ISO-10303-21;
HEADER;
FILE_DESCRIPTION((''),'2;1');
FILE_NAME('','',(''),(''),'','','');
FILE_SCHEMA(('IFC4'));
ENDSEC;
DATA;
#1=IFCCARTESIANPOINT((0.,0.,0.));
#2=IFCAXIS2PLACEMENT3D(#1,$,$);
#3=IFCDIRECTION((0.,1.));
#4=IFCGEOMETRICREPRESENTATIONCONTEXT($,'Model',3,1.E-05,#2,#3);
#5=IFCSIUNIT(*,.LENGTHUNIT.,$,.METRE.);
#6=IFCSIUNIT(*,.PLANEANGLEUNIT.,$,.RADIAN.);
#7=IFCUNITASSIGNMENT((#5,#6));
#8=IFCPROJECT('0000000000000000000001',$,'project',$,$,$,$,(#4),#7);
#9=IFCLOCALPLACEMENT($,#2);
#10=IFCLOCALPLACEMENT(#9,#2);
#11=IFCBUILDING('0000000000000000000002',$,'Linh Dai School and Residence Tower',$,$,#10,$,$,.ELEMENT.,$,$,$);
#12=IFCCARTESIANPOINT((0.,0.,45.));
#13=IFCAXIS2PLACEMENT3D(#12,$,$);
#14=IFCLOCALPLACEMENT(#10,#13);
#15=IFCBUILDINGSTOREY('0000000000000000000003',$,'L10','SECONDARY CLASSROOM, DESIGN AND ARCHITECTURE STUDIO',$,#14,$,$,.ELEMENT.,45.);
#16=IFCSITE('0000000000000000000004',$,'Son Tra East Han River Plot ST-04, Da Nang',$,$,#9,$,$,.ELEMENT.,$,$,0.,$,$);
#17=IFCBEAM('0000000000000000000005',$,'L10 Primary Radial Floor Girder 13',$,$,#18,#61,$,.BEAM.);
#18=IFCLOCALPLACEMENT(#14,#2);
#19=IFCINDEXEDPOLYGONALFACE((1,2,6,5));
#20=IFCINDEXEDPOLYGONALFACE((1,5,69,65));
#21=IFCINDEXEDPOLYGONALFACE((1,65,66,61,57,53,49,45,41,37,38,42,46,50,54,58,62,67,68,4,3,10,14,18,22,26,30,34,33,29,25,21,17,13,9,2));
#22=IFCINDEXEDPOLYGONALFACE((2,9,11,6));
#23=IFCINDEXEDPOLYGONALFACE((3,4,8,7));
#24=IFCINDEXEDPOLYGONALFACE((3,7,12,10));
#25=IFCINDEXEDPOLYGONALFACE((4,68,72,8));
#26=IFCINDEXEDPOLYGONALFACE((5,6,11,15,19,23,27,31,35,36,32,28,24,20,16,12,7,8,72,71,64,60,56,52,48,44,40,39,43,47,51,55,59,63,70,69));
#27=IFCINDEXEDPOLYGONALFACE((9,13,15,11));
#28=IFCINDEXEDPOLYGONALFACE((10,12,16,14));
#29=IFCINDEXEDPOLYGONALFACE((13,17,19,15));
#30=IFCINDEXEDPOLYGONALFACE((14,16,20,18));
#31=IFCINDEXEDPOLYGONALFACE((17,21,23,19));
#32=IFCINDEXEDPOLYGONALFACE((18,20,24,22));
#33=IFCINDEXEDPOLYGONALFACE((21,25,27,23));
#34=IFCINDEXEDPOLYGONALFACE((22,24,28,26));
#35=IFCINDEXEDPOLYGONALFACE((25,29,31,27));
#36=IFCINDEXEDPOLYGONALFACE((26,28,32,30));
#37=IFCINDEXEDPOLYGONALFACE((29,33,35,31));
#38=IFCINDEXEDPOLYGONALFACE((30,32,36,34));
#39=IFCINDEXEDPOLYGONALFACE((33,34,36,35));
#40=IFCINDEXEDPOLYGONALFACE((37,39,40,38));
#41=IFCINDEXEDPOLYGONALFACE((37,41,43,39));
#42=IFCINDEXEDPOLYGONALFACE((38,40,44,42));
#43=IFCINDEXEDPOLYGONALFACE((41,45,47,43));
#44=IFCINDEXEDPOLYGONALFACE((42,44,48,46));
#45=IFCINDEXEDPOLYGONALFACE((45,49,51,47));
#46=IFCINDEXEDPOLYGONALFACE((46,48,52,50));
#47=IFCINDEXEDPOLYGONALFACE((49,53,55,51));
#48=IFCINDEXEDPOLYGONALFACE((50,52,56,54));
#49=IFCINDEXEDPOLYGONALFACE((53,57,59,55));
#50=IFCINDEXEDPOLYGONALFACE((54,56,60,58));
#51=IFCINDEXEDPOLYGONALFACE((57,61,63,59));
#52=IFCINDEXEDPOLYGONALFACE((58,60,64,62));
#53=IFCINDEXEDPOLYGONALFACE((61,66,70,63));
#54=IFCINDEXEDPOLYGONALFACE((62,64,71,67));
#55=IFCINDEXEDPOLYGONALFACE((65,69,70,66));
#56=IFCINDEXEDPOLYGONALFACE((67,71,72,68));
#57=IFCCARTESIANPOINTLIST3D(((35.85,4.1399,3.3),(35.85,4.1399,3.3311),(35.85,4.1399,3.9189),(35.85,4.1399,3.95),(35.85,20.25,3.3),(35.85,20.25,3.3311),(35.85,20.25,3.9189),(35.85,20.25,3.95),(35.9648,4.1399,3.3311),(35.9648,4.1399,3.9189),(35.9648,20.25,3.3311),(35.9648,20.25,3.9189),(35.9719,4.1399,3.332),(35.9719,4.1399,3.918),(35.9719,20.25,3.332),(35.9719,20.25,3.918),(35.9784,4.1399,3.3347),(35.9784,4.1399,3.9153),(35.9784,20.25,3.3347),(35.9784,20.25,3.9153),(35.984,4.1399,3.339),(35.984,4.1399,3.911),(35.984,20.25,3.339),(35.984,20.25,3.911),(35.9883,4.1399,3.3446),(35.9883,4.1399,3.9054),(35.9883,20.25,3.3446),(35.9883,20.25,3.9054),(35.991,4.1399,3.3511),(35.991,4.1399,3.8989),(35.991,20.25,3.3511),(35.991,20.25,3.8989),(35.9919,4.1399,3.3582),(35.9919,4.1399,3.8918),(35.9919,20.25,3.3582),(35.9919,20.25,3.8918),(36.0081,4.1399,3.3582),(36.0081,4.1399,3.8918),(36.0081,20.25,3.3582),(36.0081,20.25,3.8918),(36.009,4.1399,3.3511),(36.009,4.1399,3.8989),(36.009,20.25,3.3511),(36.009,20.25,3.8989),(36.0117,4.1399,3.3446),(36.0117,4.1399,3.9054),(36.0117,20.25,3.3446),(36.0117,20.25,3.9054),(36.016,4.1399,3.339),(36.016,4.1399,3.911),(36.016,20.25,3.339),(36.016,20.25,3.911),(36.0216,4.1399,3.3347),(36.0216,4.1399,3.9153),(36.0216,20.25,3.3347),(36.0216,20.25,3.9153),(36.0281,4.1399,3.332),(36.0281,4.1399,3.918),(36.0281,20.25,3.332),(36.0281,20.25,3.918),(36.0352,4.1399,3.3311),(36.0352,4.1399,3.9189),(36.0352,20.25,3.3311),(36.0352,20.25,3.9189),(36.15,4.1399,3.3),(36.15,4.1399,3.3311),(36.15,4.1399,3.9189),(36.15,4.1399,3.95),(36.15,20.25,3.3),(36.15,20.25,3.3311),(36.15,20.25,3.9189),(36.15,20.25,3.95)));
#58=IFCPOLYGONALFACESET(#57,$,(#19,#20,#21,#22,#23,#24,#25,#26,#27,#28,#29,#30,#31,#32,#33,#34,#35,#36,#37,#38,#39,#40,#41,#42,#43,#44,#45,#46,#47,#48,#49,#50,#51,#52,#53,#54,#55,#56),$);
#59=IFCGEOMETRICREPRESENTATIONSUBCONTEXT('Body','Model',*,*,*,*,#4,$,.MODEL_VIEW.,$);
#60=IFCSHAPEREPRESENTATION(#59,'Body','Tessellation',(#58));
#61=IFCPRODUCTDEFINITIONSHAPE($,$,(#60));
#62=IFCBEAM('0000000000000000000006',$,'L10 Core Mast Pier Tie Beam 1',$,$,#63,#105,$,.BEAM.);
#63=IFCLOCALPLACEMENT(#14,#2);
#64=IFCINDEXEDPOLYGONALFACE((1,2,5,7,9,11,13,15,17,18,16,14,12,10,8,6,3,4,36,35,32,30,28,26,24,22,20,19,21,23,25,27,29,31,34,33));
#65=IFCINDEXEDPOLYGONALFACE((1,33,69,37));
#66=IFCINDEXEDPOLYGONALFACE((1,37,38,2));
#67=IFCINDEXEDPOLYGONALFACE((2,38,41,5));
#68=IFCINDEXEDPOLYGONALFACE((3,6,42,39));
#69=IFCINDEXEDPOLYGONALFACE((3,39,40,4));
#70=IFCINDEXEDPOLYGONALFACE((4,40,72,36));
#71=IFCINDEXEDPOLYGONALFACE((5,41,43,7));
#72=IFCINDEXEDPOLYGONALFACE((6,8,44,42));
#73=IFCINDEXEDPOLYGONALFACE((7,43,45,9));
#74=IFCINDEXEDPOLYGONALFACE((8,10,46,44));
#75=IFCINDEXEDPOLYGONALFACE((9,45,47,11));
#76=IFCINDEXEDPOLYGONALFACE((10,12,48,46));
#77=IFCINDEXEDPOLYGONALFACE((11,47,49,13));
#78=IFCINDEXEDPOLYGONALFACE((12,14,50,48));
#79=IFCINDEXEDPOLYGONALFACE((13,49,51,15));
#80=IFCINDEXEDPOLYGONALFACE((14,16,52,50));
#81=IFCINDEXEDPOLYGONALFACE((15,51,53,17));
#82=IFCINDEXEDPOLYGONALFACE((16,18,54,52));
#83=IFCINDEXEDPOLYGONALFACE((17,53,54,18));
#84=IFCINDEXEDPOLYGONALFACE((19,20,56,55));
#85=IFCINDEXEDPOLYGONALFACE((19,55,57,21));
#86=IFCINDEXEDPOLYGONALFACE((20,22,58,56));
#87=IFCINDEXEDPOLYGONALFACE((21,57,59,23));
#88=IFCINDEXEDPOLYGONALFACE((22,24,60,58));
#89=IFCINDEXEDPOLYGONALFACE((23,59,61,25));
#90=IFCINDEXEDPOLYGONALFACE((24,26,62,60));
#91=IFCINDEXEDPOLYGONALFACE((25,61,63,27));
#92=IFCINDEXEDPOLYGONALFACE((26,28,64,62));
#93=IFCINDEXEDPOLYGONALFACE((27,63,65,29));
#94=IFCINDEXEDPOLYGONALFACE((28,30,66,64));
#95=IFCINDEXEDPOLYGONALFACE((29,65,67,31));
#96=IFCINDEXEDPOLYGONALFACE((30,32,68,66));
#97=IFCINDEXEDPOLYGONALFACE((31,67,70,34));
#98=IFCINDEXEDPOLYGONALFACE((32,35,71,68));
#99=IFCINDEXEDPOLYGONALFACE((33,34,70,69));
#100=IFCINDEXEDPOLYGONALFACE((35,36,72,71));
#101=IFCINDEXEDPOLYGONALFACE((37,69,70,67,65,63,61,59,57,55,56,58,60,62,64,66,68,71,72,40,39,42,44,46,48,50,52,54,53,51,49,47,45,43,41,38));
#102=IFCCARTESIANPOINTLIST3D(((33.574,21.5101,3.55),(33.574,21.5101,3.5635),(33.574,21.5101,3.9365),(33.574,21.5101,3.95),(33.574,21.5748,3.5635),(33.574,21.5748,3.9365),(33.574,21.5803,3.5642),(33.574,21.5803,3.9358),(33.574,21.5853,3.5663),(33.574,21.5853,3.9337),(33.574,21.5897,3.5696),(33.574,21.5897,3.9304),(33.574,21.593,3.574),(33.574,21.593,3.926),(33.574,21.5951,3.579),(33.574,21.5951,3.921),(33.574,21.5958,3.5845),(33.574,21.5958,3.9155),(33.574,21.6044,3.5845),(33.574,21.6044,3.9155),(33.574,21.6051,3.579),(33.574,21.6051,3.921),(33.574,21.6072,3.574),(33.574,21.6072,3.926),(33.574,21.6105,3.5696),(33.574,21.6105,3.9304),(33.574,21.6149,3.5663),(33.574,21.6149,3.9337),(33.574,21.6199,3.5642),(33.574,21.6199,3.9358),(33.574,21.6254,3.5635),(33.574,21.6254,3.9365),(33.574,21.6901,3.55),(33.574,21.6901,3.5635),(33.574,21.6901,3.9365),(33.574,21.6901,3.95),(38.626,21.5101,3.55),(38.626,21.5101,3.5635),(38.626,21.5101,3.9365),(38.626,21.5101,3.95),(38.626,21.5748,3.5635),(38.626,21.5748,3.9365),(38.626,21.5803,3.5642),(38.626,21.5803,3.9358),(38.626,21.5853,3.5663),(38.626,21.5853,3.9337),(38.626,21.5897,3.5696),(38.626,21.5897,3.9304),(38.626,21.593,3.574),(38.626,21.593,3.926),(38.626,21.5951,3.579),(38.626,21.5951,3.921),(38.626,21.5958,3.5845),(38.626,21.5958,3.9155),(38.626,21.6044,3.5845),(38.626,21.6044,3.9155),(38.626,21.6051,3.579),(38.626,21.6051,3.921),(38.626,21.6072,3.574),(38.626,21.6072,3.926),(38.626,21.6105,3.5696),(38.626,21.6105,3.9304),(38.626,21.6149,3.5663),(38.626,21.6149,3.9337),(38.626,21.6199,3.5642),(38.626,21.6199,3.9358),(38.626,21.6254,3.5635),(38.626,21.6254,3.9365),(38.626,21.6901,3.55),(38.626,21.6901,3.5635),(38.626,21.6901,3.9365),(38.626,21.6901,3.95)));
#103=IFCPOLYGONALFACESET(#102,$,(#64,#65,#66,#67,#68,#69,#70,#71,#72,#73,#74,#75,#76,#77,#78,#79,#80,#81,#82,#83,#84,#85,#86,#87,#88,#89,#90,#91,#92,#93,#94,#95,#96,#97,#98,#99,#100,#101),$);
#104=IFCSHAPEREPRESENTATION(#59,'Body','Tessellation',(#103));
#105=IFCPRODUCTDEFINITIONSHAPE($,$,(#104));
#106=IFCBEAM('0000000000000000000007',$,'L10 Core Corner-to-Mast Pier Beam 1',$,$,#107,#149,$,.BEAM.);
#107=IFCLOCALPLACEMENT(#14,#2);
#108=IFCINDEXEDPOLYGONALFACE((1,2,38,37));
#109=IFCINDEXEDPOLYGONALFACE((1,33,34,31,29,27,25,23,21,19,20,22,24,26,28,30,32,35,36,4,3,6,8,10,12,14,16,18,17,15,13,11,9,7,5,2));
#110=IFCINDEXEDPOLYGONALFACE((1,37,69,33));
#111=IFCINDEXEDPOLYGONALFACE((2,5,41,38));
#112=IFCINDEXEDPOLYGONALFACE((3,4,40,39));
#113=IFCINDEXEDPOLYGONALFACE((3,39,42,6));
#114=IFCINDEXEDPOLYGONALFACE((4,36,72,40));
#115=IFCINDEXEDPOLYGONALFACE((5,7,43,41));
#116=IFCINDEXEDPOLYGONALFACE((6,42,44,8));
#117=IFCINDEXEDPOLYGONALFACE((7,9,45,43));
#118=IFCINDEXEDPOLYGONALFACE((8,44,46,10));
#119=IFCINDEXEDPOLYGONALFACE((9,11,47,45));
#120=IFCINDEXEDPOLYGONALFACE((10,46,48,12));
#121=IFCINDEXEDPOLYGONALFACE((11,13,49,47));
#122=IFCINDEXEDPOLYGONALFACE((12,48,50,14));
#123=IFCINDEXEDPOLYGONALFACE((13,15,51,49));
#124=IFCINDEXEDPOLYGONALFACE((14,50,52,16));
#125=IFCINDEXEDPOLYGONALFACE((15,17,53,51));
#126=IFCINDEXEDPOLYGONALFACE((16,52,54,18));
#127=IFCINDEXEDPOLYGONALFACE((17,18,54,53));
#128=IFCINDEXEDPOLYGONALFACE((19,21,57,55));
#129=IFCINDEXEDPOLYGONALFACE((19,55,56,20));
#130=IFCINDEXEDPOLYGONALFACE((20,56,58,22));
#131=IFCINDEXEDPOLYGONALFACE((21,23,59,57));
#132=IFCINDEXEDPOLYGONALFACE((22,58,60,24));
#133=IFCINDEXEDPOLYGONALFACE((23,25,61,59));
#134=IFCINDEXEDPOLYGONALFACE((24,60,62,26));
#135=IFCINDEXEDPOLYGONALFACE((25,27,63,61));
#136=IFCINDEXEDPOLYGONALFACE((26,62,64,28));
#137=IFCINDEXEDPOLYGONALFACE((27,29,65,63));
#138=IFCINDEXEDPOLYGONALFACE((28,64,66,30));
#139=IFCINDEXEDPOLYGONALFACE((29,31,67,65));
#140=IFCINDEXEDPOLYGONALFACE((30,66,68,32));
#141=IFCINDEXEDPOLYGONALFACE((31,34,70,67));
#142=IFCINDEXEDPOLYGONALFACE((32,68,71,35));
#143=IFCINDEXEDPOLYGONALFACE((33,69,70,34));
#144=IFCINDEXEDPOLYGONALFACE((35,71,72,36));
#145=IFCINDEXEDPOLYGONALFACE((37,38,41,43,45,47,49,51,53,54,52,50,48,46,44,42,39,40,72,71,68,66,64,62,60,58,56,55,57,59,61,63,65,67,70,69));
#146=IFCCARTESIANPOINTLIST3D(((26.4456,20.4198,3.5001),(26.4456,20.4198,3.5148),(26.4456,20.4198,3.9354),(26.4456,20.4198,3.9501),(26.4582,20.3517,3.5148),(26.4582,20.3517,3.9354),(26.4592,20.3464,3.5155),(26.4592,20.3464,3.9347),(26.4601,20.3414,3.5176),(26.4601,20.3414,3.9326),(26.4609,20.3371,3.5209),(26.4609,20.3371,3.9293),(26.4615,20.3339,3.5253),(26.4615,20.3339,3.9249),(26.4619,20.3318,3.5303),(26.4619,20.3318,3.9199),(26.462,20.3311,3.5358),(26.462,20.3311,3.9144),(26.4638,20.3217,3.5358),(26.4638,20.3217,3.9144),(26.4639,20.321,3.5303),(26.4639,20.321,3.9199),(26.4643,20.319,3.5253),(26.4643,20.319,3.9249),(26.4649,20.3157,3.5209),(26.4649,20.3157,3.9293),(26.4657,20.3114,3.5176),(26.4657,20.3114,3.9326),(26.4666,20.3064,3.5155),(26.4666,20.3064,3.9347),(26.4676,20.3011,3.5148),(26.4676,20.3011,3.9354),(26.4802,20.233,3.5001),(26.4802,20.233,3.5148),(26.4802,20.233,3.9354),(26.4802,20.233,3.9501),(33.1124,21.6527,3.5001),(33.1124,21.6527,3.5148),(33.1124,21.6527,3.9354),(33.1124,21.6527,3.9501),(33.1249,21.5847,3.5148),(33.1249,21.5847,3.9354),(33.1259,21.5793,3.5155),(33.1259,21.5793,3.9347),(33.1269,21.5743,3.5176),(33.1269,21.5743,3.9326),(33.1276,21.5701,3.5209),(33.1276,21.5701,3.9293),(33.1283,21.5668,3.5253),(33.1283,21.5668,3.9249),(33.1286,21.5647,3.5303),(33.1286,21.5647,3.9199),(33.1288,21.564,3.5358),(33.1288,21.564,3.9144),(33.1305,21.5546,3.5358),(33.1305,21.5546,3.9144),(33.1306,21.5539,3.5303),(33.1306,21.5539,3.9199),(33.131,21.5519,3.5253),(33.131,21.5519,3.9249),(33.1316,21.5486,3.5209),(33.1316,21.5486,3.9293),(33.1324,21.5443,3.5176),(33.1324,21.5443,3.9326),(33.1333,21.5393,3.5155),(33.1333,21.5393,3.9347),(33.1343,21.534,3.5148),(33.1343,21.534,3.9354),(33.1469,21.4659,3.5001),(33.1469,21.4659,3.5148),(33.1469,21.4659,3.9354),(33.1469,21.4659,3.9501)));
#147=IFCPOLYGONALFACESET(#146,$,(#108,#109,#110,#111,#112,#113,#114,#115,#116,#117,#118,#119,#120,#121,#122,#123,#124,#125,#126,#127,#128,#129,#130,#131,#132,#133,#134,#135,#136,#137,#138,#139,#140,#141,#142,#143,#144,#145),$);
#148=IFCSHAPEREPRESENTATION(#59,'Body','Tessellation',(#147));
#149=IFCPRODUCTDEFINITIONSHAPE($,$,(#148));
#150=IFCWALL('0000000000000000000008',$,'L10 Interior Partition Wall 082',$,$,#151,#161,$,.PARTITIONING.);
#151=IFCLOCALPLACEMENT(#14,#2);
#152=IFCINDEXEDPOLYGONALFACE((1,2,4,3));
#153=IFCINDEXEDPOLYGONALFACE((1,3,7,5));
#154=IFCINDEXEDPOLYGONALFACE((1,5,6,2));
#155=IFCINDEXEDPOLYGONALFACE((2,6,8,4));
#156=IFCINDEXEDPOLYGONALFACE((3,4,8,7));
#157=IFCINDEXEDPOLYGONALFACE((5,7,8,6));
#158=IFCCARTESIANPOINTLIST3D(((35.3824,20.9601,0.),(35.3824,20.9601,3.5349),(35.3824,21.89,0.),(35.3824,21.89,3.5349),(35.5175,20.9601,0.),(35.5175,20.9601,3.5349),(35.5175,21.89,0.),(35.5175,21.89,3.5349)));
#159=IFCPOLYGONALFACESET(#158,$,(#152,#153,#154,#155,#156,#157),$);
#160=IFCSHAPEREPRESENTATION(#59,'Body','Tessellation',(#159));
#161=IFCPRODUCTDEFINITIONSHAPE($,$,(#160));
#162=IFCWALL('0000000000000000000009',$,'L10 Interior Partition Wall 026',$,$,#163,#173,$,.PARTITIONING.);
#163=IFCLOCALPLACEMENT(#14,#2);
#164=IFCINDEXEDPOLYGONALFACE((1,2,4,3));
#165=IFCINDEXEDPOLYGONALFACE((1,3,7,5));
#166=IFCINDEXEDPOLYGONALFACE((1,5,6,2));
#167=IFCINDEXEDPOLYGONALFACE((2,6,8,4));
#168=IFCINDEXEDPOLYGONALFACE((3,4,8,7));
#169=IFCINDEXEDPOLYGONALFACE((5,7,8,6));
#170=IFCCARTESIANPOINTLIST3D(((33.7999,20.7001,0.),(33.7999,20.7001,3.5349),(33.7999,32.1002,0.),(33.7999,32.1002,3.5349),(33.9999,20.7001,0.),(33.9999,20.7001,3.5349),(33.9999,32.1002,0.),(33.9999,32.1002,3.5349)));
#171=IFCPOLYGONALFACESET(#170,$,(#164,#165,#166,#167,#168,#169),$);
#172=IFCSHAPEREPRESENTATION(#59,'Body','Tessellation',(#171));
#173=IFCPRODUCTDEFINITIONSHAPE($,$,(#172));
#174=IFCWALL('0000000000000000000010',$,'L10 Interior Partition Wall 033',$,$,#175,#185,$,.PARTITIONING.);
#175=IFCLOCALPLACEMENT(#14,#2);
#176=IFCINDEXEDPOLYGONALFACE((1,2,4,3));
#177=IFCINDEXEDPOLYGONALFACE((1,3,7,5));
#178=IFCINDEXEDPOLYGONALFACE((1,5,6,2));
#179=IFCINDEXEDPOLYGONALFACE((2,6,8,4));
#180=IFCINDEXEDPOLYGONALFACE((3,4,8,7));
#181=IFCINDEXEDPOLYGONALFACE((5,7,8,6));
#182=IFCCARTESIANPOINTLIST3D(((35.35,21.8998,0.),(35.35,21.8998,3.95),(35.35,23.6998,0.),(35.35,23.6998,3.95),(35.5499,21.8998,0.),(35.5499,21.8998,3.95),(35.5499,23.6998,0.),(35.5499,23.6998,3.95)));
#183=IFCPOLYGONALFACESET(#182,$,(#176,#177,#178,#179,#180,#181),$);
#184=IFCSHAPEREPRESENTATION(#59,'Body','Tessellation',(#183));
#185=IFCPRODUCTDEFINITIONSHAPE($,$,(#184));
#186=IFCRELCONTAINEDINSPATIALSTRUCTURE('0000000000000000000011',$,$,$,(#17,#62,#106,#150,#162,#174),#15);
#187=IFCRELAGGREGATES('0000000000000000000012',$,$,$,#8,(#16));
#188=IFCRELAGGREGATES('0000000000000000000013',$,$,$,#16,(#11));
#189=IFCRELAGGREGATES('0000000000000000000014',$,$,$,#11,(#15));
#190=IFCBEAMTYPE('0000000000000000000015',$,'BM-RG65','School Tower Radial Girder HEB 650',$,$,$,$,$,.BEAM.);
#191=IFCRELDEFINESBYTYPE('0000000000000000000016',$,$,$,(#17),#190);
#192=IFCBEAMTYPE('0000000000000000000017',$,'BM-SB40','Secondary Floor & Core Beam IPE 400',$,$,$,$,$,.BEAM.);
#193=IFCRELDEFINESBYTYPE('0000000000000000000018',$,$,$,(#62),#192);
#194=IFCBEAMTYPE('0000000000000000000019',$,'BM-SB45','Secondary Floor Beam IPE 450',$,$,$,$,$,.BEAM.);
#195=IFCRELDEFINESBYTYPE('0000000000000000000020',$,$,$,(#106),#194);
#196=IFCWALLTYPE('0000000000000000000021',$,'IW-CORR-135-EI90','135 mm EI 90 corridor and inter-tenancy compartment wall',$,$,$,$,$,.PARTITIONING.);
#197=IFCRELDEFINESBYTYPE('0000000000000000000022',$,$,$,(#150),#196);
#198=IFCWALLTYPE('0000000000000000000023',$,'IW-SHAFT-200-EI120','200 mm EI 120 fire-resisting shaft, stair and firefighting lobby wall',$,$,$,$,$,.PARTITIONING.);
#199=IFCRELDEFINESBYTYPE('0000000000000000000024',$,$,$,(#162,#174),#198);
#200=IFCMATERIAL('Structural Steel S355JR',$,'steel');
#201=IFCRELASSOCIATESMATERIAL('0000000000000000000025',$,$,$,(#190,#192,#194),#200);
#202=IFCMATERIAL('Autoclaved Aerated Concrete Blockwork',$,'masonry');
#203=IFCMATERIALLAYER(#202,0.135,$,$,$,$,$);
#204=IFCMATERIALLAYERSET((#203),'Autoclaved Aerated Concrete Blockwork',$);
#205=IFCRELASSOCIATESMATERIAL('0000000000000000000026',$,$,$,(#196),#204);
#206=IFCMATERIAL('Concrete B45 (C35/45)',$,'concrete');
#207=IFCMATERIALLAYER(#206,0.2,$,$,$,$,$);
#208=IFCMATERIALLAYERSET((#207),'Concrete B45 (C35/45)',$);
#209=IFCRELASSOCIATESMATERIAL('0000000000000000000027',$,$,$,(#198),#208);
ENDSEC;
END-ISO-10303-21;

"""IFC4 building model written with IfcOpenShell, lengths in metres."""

from ifc_helpers import new_model, si_unit, direction, frame, frame_2d, origin, origin_2d, place, context, subcontext, project, spatial, rectangle, i_section, extrude, material, layer, layer_set, material_profile, profile_set, type_object, element, save


model = new_model("IFC4")

# Units and contexts
model_context = context("Model", 3, precision=1e-05, world=origin(), true_north=direction((0.0, 1.0)))
body_context = subcontext(model_context, "Body", "Model", "MODEL_VIEW")
ifc_project = project(units=[si_unit("LENGTHUNIT", "METRE"), si_unit("PLANEANGLEUNIT", "RADIAN")], contexts=[model_context])

# Site, building, storey
site_placement = place(None, origin())
site = spatial("IfcSite", under=ifc_project, at=site_placement, Name="Son Tra East Han River Plot ST-04, Da Nang", CompositionType="ELEMENT", RefElevation=0.0)
building_placement = place(site_placement, origin())
building = spatial("IfcBuilding", under=site, at=building_placement, Name="Linh Dai School and Residence Tower", CompositionType="ELEMENT")
storey_placement = place(building_placement, frame((0.0, 0.0, 45.0)))
storey = spatial("IfcBuildingStorey", under=building, at=storey_placement, Name="L10", Description="SECONDARY CLASSROOM, DESIGN AND ARCHITECTURE STUDIO", CompositionType="ELEMENT", Elevation=45.0)

# Shared definitions
ifc_material_1 = material(Name="Structural Steel S355JR", Category="steel")

# Beams
ifc_material_profile_1 = material_profile(ifc_material_1, i_section(OverallWidth=0.3, OverallDepth=0.6499, WebThickness=0.0161, FlangeThickness=0.031, FilletRadius=0.0271, at=origin_2d()), Name="HEB 650")
ifc_profile_set_1 = profile_set([ifc_material_profile_1], Name="Structural Steel S355JR")
beam_type_1 = type_object("IfcBeamType", Name="BM-RG65", Description="School Tower Radial Girder HEB 650", PredefinedType="BEAM", material=ifc_profile_set_1)
beam_1_placement = place(storey_placement, frame((36.0, 20.25, 3.625), z_axis=(0.0, -1.0, 0.0), x_axis=(1.0, 0.0, 0.0)))
element("IfcBeam", 1, at=beam_1_placement, inside=storey, type_object=beam_type_1, Name="L10 Primary Radial Floor Girder 13", PredefinedType="BEAM", context=body_context, shape_type="SweptSolid", body=[
    extrude(i_section(OverallWidth=0.3, OverallDepth=0.6499, WebThickness=0.0161, FlangeThickness=0.031, FilletRadius=0.0271, at=origin_2d()), origin(), (0.0, 0.0, 1.0), 16.1101),
])
ifc_material_profile_2 = material_profile(ifc_material_1, i_section(OverallWidth=0.1799, OverallDepth=0.3999, WebThickness=0.0085, FlangeThickness=0.0134, FilletRadius=0.021, at=origin_2d()), Name="IPE 400")
ifc_profile_set_2 = profile_set([ifc_material_profile_2], Name="Structural Steel S355JR")
beam_type_2 = type_object("IfcBeamType", Name="BM-SB40", Description="Secondary Floor & Core Beam IPE 400", PredefinedType="BEAM", material=ifc_profile_set_2)
beam_2_placement = place(storey_placement, frame((33.574, 21.6001, 3.75), z_axis=(1.0, 0.0, 0.0), x_axis=(0.0, 1.0, 0.0)))
element("IfcBeam", 2, at=beam_2_placement, inside=storey, type_object=beam_type_2, Name="L10 Core Mast Pier Tie Beam 1", PredefinedType="BEAM", context=body_context, shape_type="SweptSolid", body=[
    extrude(i_section(OverallWidth=0.1799, OverallDepth=0.3999, WebThickness=0.0085, FlangeThickness=0.0134, FilletRadius=0.021, at=origin_2d()), origin(), (0.0, 0.0, 1.0), 5.052),
])
ifc_material_profile_3 = material_profile(ifc_material_1, i_section(OverallWidth=0.1899, OverallDepth=0.45, WebThickness=0.0095, FlangeThickness=0.0146, FilletRadius=0.021, at=origin_2d()), Name="IPE 450")
ifc_profile_set_3 = profile_set([ifc_material_profile_3], Name="Structural Steel S355JR")
beam_type_3 = type_object("IfcBeamType", Name="BM-SB45", Description="Secondary Floor Beam IPE 450", PredefinedType="BEAM", material=ifc_profile_set_3)
beam_3_placement = place(storey_placement, frame((26.4629, 20.3264, 3.7251), z_axis=(0.983326, 0.181851, 0.0), x_axis=(-0.181851, 0.983326, 0.0)))
element("IfcBeam", 3, at=beam_3_placement, inside=storey, type_object=beam_type_3, Name="L10 Core Corner-to-Mast Pier Beam 1", PredefinedType="BEAM", context=body_context, shape_type="SweptSolid", body=[
    extrude(i_section(OverallWidth=0.1899, OverallDepth=0.45, WebThickness=0.0095, FlangeThickness=0.0146, FilletRadius=0.021, at=origin_2d()), origin(), (0.0, 0.0, 1.0), 6.7798),
])

# Walls
ifc_material_2 = material(Name="Autoclaved Aerated Concrete Blockwork", Category="masonry")
ifc_layer_1 = layer(ifc_material_2, 0.135)
ifc_layer_set_1 = layer_set([ifc_layer_1], Name="Autoclaved Aerated Concrete Blockwork")
wall_type_1 = type_object("IfcWallType", Name="IW-CORR-135-EI90", Description="135 mm EI 90 corridor and inter-tenancy compartment wall", PredefinedType="PARTITIONING", material=ifc_layer_set_1)
wall_1_placement = place(storey_placement, frame((35.45, 21.8899, 0.0), z_axis=(0.0, 0.0, 1.0), x_axis=(0.0, -1.0, 0.0)))
element("IfcWall", 4, at=wall_1_placement, inside=storey, type_object=wall_type_1, Name="L10 Interior Partition Wall 082", PredefinedType="PARTITIONING", context=body_context, shape_type="SweptSolid", body=[
    extrude(rectangle(XDim=0.9299, YDim=0.135, at=frame_2d((0.4648, 0.0))), origin(), (0.0, 0.0, 1.0), 3.5349),
])
ifc_material_3 = material(Name="Concrete B45 (C35/45)", Category="concrete")
ifc_layer_2 = layer(ifc_material_3, 0.2)
ifc_layer_set_2 = layer_set([ifc_layer_2], Name="Concrete B45 (C35/45)")
wall_type_2 = type_object("IfcWallType", Name="IW-SHAFT-200-EI120", Description="200 mm EI 120 fire-resisting shaft, stair and firefighting lobby wall", PredefinedType="PARTITIONING", material=ifc_layer_set_2)
wall_2_placement = place(storey_placement, frame((33.8999, 20.7, 0.0), z_axis=(0.0, 0.0, 1.0), x_axis=(0.0, 1.0, 0.0)))
element("IfcWall", 5, at=wall_2_placement, inside=storey, type_object=wall_type_2, Name="L10 Interior Partition Wall 026", PredefinedType="PARTITIONING", context=body_context, shape_type="SweptSolid", body=[
    extrude(rectangle(XDim=11.4001, YDim=0.2, at=frame_2d((5.7002, 0.0))), origin(), (0.0, 0.0, 1.0), 3.5349),
])
wall_3_placement = place(storey_placement, frame((35.45, 21.8999, 0.0), z_axis=(0.0, 0.0, 1.0), x_axis=(0.0, 1.0, 0.0)))
element("IfcWall", 6, at=wall_3_placement, inside=storey, type_object=wall_type_2, Name="L10 Interior Partition Wall 033", PredefinedType="PARTITIONING", context=body_context, shape_type="SweptSolid", body=[
    extrude(rectangle(XDim=1.8, YDim=0.2, at=frame_2d((0.8999, 0.0))), origin(), (0.0, 0.0, 1.0), 3.95),
])

save(model, "model.ifc")
